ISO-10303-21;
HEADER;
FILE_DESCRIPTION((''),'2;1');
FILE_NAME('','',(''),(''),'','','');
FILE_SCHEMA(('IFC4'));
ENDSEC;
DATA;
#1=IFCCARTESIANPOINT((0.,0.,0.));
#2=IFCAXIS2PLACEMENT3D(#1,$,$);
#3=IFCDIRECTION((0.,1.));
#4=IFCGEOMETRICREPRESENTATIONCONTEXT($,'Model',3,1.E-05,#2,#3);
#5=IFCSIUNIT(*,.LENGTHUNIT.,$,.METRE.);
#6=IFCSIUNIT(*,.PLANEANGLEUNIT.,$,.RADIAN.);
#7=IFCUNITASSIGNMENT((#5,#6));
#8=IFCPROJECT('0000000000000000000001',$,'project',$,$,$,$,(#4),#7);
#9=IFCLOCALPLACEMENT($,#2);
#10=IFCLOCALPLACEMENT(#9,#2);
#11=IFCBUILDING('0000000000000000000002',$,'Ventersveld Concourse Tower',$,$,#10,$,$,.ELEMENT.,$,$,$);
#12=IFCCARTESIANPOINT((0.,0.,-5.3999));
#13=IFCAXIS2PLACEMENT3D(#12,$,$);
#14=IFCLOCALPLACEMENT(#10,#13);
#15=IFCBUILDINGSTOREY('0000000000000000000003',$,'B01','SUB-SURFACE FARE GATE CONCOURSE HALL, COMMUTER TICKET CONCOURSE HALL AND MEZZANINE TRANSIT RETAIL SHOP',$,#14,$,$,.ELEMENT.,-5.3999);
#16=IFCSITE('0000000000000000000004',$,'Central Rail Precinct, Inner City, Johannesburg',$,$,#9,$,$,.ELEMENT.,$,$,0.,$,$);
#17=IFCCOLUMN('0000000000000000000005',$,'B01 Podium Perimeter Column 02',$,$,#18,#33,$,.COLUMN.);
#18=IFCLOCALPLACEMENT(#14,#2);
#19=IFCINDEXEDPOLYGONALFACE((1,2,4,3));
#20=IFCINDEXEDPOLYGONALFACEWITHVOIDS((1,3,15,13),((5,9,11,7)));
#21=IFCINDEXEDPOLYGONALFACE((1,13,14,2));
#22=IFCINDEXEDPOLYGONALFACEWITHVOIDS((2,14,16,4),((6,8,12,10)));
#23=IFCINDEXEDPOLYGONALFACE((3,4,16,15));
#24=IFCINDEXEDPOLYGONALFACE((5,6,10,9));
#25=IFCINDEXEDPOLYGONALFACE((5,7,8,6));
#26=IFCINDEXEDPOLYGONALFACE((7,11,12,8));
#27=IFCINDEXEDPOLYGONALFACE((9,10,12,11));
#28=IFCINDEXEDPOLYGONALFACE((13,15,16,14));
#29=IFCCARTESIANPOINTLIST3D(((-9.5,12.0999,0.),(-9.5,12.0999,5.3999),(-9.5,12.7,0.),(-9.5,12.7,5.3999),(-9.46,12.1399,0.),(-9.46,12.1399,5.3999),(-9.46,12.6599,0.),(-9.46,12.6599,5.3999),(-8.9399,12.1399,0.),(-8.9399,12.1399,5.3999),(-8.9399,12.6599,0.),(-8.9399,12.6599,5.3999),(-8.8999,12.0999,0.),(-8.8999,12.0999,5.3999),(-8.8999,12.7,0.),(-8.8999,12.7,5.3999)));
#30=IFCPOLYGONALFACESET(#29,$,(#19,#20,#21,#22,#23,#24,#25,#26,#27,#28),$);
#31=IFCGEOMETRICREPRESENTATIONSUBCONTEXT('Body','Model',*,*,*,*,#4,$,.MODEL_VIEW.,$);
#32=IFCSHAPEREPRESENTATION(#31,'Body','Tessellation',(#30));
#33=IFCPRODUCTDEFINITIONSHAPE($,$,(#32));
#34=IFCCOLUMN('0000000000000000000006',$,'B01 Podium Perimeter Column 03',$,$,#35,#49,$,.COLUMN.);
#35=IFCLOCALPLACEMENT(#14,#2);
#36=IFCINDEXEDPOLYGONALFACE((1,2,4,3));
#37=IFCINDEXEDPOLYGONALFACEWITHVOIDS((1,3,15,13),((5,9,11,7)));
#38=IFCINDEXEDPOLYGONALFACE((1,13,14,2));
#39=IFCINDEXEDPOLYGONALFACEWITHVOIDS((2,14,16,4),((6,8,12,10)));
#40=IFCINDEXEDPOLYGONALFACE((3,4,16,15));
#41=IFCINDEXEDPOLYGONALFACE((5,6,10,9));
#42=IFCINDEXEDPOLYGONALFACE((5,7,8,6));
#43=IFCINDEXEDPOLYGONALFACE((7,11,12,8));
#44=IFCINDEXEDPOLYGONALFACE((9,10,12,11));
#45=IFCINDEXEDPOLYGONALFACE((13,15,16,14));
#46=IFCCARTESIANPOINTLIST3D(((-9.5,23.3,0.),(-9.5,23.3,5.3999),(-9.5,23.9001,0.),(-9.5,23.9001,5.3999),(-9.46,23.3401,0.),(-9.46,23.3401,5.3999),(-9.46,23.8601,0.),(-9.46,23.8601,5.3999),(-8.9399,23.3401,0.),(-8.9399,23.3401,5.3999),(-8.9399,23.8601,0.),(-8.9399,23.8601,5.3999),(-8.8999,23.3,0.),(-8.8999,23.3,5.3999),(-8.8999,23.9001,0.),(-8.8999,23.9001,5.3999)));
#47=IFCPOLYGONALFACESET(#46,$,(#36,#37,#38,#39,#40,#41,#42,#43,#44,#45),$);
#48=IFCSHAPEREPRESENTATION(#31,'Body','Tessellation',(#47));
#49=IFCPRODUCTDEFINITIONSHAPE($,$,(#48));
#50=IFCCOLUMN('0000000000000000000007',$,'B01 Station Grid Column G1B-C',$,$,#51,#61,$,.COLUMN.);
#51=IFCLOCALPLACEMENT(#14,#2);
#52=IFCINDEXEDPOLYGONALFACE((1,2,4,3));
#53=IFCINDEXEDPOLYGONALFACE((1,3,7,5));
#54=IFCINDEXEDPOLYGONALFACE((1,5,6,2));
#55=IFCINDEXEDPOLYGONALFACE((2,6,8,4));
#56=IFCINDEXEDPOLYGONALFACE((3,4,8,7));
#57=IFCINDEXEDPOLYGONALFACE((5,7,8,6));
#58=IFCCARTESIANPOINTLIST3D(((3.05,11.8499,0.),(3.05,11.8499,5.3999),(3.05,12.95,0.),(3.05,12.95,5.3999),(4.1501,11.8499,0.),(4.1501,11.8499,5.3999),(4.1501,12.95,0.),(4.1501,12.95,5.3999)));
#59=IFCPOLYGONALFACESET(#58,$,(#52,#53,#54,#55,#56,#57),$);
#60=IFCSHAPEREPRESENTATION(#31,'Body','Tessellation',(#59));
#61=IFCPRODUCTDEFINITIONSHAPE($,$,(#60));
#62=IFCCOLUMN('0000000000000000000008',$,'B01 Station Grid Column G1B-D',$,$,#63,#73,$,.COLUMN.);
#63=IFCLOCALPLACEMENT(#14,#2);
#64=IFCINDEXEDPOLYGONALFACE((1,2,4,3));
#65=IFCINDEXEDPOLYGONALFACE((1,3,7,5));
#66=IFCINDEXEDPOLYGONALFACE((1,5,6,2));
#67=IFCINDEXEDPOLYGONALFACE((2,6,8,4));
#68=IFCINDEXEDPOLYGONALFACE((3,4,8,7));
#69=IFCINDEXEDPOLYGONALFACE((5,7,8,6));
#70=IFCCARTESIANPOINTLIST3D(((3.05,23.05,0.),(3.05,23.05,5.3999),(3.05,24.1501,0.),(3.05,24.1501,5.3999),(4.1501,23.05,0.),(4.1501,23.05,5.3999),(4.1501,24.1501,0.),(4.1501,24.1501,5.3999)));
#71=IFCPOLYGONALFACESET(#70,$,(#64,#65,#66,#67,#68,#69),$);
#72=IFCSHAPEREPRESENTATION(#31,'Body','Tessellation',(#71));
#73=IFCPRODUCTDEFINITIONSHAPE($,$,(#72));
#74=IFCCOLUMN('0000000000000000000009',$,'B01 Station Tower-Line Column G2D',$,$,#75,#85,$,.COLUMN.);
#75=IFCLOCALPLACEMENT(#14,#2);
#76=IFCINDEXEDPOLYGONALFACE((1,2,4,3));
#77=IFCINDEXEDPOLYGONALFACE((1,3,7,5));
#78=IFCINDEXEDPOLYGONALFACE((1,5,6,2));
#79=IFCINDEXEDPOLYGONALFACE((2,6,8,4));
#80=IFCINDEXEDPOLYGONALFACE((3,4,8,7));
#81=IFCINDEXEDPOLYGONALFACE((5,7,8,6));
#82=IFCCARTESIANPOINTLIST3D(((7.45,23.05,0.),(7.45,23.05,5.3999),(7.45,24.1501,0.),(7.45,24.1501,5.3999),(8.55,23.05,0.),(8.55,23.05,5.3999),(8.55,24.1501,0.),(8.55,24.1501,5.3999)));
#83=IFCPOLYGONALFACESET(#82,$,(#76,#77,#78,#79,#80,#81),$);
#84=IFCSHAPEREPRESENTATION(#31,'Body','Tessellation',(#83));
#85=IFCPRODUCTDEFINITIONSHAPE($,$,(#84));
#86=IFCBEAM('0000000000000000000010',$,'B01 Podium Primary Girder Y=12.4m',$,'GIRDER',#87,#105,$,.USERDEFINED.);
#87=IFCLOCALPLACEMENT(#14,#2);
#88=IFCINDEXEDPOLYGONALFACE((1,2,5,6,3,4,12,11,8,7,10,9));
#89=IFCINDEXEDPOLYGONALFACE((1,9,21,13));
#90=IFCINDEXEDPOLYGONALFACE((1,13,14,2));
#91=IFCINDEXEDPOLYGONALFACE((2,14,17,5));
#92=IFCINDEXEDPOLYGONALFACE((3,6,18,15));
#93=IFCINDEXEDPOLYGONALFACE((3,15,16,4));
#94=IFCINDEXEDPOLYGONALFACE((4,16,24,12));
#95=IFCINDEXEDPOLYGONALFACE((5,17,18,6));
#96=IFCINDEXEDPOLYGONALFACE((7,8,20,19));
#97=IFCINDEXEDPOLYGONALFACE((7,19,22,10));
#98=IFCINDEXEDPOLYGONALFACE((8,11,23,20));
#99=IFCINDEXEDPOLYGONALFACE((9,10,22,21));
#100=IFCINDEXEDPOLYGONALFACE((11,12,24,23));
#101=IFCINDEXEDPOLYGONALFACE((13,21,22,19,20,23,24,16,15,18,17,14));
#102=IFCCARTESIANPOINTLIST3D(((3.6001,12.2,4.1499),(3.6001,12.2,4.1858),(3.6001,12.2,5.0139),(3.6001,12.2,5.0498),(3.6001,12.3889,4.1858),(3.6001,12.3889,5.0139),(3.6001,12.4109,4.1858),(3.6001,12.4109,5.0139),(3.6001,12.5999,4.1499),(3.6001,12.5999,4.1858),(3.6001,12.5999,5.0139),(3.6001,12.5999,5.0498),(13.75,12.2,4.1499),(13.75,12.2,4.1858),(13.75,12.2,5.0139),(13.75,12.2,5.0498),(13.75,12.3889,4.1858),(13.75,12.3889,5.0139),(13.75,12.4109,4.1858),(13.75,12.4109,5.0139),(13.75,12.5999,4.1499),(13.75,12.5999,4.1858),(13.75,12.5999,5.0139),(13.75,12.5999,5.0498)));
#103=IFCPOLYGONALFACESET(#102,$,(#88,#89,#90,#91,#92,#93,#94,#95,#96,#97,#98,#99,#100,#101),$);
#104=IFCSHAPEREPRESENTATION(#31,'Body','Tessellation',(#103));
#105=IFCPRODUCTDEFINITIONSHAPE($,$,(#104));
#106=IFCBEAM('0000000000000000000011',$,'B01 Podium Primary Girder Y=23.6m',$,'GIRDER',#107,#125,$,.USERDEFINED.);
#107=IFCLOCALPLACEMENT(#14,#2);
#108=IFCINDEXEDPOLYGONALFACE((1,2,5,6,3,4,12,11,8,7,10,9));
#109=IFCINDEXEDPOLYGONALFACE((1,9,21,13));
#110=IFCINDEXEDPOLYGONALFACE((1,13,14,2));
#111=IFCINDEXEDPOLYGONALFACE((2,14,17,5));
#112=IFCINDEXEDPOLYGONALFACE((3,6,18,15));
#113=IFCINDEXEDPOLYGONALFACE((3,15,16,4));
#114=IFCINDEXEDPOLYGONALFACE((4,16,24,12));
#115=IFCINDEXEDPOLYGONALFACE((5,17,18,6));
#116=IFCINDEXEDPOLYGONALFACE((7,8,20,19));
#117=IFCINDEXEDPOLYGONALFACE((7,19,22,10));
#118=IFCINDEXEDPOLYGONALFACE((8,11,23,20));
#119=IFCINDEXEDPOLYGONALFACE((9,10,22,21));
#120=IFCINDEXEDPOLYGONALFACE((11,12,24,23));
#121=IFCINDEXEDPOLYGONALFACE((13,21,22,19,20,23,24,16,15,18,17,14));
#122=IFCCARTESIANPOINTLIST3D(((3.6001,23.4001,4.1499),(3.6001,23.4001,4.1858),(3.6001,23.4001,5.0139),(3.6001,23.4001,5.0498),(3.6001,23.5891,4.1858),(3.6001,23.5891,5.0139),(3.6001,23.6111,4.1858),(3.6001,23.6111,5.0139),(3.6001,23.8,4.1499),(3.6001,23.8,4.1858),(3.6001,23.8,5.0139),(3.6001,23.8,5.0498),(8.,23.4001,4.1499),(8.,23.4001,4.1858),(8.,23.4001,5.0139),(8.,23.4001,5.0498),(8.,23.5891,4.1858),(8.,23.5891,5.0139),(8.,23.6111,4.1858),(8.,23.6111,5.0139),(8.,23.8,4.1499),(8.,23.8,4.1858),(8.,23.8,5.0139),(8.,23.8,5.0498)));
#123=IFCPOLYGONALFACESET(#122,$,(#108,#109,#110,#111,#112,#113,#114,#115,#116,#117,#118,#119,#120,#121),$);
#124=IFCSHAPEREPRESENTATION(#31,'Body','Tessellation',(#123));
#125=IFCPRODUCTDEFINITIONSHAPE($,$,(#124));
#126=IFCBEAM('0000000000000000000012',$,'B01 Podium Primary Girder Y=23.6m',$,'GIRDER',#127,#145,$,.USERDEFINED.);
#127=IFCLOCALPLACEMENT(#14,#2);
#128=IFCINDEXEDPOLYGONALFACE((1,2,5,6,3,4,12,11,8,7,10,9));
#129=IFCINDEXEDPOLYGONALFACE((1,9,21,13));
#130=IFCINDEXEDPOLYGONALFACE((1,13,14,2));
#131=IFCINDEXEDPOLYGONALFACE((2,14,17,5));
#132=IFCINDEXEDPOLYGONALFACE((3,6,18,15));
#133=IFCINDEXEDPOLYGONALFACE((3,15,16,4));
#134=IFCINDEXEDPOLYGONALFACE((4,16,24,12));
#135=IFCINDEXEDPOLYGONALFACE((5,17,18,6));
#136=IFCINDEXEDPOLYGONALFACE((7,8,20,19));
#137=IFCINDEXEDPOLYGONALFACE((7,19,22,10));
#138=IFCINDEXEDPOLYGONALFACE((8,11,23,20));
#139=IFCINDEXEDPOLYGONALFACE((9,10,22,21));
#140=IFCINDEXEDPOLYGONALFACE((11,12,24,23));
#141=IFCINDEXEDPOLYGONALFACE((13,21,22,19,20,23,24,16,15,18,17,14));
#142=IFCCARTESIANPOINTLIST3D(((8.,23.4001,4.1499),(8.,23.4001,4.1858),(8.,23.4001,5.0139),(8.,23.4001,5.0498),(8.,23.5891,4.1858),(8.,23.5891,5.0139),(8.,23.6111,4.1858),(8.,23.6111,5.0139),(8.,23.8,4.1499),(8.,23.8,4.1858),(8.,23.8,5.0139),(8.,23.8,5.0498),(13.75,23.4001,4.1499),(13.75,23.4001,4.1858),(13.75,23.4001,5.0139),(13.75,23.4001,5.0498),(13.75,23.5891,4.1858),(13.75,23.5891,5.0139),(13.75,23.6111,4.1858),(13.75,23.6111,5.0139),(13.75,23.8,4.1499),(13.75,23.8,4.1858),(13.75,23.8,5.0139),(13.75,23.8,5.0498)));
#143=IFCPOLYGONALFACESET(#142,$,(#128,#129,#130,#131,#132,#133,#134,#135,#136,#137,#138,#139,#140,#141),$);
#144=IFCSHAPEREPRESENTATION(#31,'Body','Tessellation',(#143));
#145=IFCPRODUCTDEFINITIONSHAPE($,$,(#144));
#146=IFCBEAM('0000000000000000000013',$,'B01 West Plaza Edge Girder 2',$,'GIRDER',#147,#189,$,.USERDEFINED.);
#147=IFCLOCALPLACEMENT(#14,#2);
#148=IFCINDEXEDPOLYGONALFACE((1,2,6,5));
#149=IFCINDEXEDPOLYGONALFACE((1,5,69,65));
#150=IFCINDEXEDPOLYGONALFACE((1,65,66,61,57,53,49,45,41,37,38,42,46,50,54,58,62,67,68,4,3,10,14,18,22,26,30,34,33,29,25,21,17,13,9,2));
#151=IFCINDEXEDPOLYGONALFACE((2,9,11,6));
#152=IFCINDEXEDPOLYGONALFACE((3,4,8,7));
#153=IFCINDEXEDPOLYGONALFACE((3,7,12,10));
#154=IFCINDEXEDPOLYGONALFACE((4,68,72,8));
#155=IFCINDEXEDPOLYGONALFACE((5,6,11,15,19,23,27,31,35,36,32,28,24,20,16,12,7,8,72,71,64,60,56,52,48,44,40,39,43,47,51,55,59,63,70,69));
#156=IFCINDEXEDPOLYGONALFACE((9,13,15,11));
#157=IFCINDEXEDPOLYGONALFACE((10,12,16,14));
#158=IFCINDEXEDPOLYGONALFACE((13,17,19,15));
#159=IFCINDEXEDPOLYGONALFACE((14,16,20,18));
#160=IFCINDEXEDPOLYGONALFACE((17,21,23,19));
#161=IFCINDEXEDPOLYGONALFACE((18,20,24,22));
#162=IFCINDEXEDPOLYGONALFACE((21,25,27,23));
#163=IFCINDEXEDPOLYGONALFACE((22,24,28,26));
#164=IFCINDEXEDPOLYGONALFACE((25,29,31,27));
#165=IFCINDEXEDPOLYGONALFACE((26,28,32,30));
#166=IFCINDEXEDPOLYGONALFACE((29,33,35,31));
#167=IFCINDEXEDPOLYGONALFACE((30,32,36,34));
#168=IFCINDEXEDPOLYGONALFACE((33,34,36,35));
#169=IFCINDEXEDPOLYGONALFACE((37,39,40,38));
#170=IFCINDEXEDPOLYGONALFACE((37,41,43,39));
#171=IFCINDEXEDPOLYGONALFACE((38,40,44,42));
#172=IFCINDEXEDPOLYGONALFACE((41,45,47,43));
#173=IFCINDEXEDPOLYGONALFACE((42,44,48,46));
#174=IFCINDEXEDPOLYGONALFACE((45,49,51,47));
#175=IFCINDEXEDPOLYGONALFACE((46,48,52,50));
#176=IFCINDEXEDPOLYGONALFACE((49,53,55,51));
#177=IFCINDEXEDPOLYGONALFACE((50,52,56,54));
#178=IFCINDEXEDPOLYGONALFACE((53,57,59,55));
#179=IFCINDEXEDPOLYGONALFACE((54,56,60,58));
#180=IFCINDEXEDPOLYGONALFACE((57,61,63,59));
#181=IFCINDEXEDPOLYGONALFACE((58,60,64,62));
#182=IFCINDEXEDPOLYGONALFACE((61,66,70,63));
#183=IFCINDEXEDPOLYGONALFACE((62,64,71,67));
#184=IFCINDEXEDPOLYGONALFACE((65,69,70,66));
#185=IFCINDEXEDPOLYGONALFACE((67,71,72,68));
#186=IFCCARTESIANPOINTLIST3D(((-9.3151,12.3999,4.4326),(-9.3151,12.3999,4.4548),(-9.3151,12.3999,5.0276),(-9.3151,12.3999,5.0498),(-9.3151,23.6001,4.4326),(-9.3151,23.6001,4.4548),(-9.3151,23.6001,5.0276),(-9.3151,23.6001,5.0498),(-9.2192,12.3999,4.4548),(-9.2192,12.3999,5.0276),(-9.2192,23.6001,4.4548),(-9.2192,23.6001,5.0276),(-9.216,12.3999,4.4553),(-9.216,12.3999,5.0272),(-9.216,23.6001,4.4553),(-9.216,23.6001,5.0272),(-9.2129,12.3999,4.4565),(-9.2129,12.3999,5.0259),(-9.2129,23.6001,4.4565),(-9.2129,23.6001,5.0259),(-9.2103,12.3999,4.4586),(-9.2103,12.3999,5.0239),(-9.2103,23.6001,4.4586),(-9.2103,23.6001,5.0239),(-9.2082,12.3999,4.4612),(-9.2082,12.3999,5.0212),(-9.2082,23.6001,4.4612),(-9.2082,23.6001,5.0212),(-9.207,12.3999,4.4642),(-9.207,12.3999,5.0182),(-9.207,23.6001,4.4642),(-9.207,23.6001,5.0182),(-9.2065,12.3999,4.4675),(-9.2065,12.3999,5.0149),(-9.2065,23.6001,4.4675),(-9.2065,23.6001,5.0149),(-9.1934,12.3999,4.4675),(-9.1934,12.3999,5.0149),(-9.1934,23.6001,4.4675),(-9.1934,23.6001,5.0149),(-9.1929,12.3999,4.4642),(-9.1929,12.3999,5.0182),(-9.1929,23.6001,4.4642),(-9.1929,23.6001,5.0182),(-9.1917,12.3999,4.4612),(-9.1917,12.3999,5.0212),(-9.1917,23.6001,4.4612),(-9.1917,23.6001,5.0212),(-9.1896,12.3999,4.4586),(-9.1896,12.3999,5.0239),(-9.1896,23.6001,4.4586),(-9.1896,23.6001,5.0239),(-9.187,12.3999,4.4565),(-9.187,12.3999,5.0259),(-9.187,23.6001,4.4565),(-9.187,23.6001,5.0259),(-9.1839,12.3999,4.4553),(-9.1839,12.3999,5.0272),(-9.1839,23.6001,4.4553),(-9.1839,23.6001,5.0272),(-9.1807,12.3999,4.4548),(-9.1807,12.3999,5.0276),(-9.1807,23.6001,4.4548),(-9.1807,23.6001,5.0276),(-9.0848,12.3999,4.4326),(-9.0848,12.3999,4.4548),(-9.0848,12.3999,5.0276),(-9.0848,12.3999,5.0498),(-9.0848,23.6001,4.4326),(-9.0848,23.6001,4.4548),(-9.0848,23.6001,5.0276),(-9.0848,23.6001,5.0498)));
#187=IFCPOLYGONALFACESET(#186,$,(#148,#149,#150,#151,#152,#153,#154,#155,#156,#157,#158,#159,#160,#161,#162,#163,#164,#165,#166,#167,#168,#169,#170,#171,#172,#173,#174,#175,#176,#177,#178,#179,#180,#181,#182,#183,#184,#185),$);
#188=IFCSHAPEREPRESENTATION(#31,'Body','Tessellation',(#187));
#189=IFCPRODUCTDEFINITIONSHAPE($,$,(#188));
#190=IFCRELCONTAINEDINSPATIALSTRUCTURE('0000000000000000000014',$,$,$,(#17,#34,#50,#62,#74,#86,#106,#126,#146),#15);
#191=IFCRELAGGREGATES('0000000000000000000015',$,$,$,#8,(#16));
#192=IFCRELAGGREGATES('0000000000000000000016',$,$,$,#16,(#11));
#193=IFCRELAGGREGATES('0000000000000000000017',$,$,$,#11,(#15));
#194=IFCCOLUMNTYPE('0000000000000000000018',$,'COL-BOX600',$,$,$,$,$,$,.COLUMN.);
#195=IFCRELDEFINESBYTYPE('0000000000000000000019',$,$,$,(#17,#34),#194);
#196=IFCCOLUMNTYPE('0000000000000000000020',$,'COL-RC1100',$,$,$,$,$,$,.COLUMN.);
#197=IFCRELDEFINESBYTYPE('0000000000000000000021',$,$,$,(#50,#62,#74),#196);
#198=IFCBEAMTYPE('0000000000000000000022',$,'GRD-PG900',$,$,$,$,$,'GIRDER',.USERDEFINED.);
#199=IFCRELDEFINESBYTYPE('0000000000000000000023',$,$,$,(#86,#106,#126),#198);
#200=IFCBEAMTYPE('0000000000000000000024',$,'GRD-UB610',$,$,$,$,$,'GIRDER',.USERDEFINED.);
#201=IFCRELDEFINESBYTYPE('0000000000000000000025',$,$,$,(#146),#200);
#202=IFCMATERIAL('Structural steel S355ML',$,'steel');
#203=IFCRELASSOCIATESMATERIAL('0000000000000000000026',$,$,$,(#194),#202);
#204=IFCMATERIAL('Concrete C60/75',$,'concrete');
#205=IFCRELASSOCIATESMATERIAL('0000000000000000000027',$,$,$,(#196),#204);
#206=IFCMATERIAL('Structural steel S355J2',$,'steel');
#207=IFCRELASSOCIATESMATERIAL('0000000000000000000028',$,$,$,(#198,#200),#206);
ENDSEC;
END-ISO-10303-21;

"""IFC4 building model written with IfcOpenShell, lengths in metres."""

from ifc_helpers import new_model, si_unit, direction, frame, origin, origin_2d, place, context, subcontext, project, spatial, rectangle, hollow_rectangle, i_section, extrude, material, material_profile, profile_set, type_object, element, save


model = new_model("IFC4")

# Units and contexts
model_context = context("Model", 3, precision=1e-05, world=origin(), true_north=direction((0.0, 1.0)))
body_context = subcontext(model_context, "Body", "Model", "MODEL_VIEW")
ifc_project = project(units=[si_unit("LENGTHUNIT", "METRE"), si_unit("PLANEANGLEUNIT", "RADIAN")], contexts=[model_context])

# Site, building, storey
site_placement = place(None, origin())
site = spatial("IfcSite", under=ifc_project, at=site_placement, Name="Central Rail Precinct, Inner City, Johannesburg", CompositionType="ELEMENT", RefElevation=0.0)
building_placement = place(site_placement, origin())
building = spatial("IfcBuilding", under=site, at=building_placement, Name="Ventersveld Concourse Tower", CompositionType="ELEMENT")
storey_placement = place(building_placement, frame((0.0, 0.0, -5.3999)))
storey = spatial("IfcBuildingStorey", under=building, at=storey_placement, Name="B01", Description="SUB-SURFACE FARE GATE CONCOURSE HALL, COMMUTER TICKET CONCOURSE HALL AND MEZZANINE TRANSIT RETAIL SHOP", CompositionType="ELEMENT", Elevation=-5.3999)

# Columns
ifc_material_1 = material(Name="Structural steel S355ML", Category="steel")
ifc_material_profile_1 = material_profile(ifc_material_1, hollow_rectangle(XDim=0.6001, YDim=0.6001, WallThickness=0.04, at=origin_2d()), Name="BOX 600x600x40")
ifc_profile_set_1 = profile_set([ifc_material_profile_1], Name="Structural steel S355ML")
column_type_1 = type_object("IfcColumnType", Name="COL-BOX600", PredefinedType="COLUMN", material=ifc_profile_set_1)
for number, where, z_axis, x_axis, name in (
    (1, (-9.2, 12.3999, 0.0), (0.0, 0.0, 1.0), (1.0, 0.0, 0.0), "B01 Podium Perimeter Column 02"),
    (2, (-9.2, 23.6001, 0.0), (0.0, 0.0, 1.0), (1.0, 0.0, 0.0), "B01 Podium Perimeter Column 03"),
):
    element("IfcColumn", number, at=place(storey_placement, frame(where, z_axis=z_axis, x_axis=x_axis)), inside=storey, type_object=column_type_1, Name=name, PredefinedType="COLUMN", context=body_context, shape_type="SweptSolid", body=[
        extrude(hollow_rectangle(XDim=0.6001, YDim=0.6001, WallThickness=0.04, at=origin_2d()), origin(), (0.0, 0.0, 1.0), 5.3999),
    ])
ifc_material_2 = material(Name="Concrete C60/75", Category="concrete")
ifc_material_profile_2 = material_profile(ifc_material_2, rectangle(XDim=1.1001, YDim=1.1001, at=origin_2d()), Name="RC 1100x1100")
ifc_profile_set_2 = profile_set([ifc_material_profile_2], Name="Concrete C60/75")
column_type_2 = type_object("IfcColumnType", Name="COL-RC1100", PredefinedType="COLUMN", material=ifc_profile_set_2)
for number, where, z_axis, x_axis, name in (
    (3, (3.6001, 12.3999, 0.0), (0.0, 0.0, 1.0), (1.0, 0.0, 0.0), "B01 Station Grid Column G1B-C"),
    (4, (3.6001, 23.6001, 0.0), (0.0, 0.0, 1.0), (1.0, 0.0, 0.0), "B01 Station Grid Column G1B-D"),
    (5, (8.0, 23.6001, 0.0), (0.0, 0.0, 1.0), (1.0, 0.0, 0.0), "B01 Station Tower-Line Column G2D"),
):
    element("IfcColumn", number, at=place(storey_placement, frame(where, z_axis=z_axis, x_axis=x_axis)), inside=storey, type_object=column_type_2, Name=name, PredefinedType="COLUMN", context=body_context, shape_type="SweptSolid", body=[
        extrude(rectangle(XDim=1.1001, YDim=1.1001, at=origin_2d()), origin(), (0.0, 0.0, 1.0), 5.3999),
    ])

# Beams
ifc_material_3 = material(Name="Structural steel S355J2", Category="steel")
ifc_material_profile_3 = material_profile(ifc_material_3, i_section(OverallWidth=0.3999, OverallDepth=0.8999, WebThickness=0.022, FlangeThickness=0.0359, at=origin_2d()), Name="PG 900x400x36")
ifc_profile_set_3 = profile_set([ifc_material_profile_3], Name="Structural steel S355J2")
beam_type_1 = type_object("IfcBeamType", Name="GRD-PG900", ElementType="GIRDER", PredefinedType="USERDEFINED", material=ifc_profile_set_3)
beam_1_placement = place(storey_placement, frame((3.6001, 12.3999, 4.5999), z_axis=(1.0, 0.0, 0.0), x_axis=(0.0, 1.0, 0.0)))
element("IfcBeam", 6, at=beam_1_placement, inside=storey, type_object=beam_type_1, Name="B01 Podium Primary Girder Y=12.4m", ObjectType="GIRDER", PredefinedType="USERDEFINED", context=body_context, shape_type="SweptSolid", body=[
    extrude(i_section(OverallWidth=0.3999, OverallDepth=0.8999, WebThickness=0.022, FlangeThickness=0.0359, at=origin_2d()), origin(), (0.0, 0.0, 1.0), 10.1499),
])
beam_2_placement = place(storey_placement, frame((3.6001, 23.6001, 4.5999), z_axis=(1.0, 0.0, 0.0), x_axis=(0.0, 1.0, 0.0)))
element("IfcBeam", 7, at=beam_2_placement, inside=storey, type_object=beam_type_1, Name="B01 Podium Primary Girder Y=23.6m", ObjectType="GIRDER", PredefinedType="USERDEFINED", context=body_context, shape_type="SweptSolid", body=[
    extrude(i_section(OverallWidth=0.3999, OverallDepth=0.8999, WebThickness=0.022, FlangeThickness=0.0359, at=origin_2d()), origin(), (0.0, 0.0, 1.0), 4.3999),
])
beam_3_placement = place(storey_placement, frame((8.0, 23.6001, 4.5999), z_axis=(1.0, 0.0, 0.0), x_axis=(0.0, 1.0, 0.0)))
element("IfcBeam", 8, at=beam_3_placement, inside=storey, type_object=beam_type_1, Name="B01 Podium Primary Girder Y=23.6m", ObjectType="GIRDER", PredefinedType="USERDEFINED", context=body_context, shape_type="SweptSolid", body=[
    extrude(i_section(OverallWidth=0.3999, OverallDepth=0.8999, WebThickness=0.022, FlangeThickness=0.0359, at=origin_2d()), origin(), (0.0, 0.0, 1.0), 5.75),
])
ifc_material_profile_4 = material_profile(ifc_material_3, i_section(OverallWidth=0.2302, OverallDepth=0.6172, WebThickness=0.0132, FlangeThickness=0.0222, FilletRadius=0.0127, at=origin_2d()), Name="UB 610x229x140")
ifc_profile_set_4 = profile_set([ifc_material_profile_4], Name="Structural steel S355J2")
beam_type_2 = type_object("IfcBeamType", Name="GRD-UB610", ElementType="GIRDER", PredefinedType="USERDEFINED", material=ifc_profile_set_4)
beam_4_placement = place(storey_placement, frame((-9.2, 12.3999, 4.7412), z_axis=(0.0, 1.0, 0.0), x_axis=(-1.0, 0.0, 0.0)))
element("IfcBeam", 9, at=beam_4_placement, inside=storey, type_object=beam_type_2, Name="B01 West Plaza Edge Girder 2", ObjectType="GIRDER", PredefinedType="USERDEFINED", context=body_context, shape_type="SweptSolid", body=[
    extrude(i_section(OverallWidth=0.2302, OverallDepth=0.6172, WebThickness=0.0132, FlangeThickness=0.0222, FilletRadius=0.0127, at=origin_2d()), origin(), (0.0, 0.0, 1.0), 11.2002),
])

save(model, "model.ifc")
